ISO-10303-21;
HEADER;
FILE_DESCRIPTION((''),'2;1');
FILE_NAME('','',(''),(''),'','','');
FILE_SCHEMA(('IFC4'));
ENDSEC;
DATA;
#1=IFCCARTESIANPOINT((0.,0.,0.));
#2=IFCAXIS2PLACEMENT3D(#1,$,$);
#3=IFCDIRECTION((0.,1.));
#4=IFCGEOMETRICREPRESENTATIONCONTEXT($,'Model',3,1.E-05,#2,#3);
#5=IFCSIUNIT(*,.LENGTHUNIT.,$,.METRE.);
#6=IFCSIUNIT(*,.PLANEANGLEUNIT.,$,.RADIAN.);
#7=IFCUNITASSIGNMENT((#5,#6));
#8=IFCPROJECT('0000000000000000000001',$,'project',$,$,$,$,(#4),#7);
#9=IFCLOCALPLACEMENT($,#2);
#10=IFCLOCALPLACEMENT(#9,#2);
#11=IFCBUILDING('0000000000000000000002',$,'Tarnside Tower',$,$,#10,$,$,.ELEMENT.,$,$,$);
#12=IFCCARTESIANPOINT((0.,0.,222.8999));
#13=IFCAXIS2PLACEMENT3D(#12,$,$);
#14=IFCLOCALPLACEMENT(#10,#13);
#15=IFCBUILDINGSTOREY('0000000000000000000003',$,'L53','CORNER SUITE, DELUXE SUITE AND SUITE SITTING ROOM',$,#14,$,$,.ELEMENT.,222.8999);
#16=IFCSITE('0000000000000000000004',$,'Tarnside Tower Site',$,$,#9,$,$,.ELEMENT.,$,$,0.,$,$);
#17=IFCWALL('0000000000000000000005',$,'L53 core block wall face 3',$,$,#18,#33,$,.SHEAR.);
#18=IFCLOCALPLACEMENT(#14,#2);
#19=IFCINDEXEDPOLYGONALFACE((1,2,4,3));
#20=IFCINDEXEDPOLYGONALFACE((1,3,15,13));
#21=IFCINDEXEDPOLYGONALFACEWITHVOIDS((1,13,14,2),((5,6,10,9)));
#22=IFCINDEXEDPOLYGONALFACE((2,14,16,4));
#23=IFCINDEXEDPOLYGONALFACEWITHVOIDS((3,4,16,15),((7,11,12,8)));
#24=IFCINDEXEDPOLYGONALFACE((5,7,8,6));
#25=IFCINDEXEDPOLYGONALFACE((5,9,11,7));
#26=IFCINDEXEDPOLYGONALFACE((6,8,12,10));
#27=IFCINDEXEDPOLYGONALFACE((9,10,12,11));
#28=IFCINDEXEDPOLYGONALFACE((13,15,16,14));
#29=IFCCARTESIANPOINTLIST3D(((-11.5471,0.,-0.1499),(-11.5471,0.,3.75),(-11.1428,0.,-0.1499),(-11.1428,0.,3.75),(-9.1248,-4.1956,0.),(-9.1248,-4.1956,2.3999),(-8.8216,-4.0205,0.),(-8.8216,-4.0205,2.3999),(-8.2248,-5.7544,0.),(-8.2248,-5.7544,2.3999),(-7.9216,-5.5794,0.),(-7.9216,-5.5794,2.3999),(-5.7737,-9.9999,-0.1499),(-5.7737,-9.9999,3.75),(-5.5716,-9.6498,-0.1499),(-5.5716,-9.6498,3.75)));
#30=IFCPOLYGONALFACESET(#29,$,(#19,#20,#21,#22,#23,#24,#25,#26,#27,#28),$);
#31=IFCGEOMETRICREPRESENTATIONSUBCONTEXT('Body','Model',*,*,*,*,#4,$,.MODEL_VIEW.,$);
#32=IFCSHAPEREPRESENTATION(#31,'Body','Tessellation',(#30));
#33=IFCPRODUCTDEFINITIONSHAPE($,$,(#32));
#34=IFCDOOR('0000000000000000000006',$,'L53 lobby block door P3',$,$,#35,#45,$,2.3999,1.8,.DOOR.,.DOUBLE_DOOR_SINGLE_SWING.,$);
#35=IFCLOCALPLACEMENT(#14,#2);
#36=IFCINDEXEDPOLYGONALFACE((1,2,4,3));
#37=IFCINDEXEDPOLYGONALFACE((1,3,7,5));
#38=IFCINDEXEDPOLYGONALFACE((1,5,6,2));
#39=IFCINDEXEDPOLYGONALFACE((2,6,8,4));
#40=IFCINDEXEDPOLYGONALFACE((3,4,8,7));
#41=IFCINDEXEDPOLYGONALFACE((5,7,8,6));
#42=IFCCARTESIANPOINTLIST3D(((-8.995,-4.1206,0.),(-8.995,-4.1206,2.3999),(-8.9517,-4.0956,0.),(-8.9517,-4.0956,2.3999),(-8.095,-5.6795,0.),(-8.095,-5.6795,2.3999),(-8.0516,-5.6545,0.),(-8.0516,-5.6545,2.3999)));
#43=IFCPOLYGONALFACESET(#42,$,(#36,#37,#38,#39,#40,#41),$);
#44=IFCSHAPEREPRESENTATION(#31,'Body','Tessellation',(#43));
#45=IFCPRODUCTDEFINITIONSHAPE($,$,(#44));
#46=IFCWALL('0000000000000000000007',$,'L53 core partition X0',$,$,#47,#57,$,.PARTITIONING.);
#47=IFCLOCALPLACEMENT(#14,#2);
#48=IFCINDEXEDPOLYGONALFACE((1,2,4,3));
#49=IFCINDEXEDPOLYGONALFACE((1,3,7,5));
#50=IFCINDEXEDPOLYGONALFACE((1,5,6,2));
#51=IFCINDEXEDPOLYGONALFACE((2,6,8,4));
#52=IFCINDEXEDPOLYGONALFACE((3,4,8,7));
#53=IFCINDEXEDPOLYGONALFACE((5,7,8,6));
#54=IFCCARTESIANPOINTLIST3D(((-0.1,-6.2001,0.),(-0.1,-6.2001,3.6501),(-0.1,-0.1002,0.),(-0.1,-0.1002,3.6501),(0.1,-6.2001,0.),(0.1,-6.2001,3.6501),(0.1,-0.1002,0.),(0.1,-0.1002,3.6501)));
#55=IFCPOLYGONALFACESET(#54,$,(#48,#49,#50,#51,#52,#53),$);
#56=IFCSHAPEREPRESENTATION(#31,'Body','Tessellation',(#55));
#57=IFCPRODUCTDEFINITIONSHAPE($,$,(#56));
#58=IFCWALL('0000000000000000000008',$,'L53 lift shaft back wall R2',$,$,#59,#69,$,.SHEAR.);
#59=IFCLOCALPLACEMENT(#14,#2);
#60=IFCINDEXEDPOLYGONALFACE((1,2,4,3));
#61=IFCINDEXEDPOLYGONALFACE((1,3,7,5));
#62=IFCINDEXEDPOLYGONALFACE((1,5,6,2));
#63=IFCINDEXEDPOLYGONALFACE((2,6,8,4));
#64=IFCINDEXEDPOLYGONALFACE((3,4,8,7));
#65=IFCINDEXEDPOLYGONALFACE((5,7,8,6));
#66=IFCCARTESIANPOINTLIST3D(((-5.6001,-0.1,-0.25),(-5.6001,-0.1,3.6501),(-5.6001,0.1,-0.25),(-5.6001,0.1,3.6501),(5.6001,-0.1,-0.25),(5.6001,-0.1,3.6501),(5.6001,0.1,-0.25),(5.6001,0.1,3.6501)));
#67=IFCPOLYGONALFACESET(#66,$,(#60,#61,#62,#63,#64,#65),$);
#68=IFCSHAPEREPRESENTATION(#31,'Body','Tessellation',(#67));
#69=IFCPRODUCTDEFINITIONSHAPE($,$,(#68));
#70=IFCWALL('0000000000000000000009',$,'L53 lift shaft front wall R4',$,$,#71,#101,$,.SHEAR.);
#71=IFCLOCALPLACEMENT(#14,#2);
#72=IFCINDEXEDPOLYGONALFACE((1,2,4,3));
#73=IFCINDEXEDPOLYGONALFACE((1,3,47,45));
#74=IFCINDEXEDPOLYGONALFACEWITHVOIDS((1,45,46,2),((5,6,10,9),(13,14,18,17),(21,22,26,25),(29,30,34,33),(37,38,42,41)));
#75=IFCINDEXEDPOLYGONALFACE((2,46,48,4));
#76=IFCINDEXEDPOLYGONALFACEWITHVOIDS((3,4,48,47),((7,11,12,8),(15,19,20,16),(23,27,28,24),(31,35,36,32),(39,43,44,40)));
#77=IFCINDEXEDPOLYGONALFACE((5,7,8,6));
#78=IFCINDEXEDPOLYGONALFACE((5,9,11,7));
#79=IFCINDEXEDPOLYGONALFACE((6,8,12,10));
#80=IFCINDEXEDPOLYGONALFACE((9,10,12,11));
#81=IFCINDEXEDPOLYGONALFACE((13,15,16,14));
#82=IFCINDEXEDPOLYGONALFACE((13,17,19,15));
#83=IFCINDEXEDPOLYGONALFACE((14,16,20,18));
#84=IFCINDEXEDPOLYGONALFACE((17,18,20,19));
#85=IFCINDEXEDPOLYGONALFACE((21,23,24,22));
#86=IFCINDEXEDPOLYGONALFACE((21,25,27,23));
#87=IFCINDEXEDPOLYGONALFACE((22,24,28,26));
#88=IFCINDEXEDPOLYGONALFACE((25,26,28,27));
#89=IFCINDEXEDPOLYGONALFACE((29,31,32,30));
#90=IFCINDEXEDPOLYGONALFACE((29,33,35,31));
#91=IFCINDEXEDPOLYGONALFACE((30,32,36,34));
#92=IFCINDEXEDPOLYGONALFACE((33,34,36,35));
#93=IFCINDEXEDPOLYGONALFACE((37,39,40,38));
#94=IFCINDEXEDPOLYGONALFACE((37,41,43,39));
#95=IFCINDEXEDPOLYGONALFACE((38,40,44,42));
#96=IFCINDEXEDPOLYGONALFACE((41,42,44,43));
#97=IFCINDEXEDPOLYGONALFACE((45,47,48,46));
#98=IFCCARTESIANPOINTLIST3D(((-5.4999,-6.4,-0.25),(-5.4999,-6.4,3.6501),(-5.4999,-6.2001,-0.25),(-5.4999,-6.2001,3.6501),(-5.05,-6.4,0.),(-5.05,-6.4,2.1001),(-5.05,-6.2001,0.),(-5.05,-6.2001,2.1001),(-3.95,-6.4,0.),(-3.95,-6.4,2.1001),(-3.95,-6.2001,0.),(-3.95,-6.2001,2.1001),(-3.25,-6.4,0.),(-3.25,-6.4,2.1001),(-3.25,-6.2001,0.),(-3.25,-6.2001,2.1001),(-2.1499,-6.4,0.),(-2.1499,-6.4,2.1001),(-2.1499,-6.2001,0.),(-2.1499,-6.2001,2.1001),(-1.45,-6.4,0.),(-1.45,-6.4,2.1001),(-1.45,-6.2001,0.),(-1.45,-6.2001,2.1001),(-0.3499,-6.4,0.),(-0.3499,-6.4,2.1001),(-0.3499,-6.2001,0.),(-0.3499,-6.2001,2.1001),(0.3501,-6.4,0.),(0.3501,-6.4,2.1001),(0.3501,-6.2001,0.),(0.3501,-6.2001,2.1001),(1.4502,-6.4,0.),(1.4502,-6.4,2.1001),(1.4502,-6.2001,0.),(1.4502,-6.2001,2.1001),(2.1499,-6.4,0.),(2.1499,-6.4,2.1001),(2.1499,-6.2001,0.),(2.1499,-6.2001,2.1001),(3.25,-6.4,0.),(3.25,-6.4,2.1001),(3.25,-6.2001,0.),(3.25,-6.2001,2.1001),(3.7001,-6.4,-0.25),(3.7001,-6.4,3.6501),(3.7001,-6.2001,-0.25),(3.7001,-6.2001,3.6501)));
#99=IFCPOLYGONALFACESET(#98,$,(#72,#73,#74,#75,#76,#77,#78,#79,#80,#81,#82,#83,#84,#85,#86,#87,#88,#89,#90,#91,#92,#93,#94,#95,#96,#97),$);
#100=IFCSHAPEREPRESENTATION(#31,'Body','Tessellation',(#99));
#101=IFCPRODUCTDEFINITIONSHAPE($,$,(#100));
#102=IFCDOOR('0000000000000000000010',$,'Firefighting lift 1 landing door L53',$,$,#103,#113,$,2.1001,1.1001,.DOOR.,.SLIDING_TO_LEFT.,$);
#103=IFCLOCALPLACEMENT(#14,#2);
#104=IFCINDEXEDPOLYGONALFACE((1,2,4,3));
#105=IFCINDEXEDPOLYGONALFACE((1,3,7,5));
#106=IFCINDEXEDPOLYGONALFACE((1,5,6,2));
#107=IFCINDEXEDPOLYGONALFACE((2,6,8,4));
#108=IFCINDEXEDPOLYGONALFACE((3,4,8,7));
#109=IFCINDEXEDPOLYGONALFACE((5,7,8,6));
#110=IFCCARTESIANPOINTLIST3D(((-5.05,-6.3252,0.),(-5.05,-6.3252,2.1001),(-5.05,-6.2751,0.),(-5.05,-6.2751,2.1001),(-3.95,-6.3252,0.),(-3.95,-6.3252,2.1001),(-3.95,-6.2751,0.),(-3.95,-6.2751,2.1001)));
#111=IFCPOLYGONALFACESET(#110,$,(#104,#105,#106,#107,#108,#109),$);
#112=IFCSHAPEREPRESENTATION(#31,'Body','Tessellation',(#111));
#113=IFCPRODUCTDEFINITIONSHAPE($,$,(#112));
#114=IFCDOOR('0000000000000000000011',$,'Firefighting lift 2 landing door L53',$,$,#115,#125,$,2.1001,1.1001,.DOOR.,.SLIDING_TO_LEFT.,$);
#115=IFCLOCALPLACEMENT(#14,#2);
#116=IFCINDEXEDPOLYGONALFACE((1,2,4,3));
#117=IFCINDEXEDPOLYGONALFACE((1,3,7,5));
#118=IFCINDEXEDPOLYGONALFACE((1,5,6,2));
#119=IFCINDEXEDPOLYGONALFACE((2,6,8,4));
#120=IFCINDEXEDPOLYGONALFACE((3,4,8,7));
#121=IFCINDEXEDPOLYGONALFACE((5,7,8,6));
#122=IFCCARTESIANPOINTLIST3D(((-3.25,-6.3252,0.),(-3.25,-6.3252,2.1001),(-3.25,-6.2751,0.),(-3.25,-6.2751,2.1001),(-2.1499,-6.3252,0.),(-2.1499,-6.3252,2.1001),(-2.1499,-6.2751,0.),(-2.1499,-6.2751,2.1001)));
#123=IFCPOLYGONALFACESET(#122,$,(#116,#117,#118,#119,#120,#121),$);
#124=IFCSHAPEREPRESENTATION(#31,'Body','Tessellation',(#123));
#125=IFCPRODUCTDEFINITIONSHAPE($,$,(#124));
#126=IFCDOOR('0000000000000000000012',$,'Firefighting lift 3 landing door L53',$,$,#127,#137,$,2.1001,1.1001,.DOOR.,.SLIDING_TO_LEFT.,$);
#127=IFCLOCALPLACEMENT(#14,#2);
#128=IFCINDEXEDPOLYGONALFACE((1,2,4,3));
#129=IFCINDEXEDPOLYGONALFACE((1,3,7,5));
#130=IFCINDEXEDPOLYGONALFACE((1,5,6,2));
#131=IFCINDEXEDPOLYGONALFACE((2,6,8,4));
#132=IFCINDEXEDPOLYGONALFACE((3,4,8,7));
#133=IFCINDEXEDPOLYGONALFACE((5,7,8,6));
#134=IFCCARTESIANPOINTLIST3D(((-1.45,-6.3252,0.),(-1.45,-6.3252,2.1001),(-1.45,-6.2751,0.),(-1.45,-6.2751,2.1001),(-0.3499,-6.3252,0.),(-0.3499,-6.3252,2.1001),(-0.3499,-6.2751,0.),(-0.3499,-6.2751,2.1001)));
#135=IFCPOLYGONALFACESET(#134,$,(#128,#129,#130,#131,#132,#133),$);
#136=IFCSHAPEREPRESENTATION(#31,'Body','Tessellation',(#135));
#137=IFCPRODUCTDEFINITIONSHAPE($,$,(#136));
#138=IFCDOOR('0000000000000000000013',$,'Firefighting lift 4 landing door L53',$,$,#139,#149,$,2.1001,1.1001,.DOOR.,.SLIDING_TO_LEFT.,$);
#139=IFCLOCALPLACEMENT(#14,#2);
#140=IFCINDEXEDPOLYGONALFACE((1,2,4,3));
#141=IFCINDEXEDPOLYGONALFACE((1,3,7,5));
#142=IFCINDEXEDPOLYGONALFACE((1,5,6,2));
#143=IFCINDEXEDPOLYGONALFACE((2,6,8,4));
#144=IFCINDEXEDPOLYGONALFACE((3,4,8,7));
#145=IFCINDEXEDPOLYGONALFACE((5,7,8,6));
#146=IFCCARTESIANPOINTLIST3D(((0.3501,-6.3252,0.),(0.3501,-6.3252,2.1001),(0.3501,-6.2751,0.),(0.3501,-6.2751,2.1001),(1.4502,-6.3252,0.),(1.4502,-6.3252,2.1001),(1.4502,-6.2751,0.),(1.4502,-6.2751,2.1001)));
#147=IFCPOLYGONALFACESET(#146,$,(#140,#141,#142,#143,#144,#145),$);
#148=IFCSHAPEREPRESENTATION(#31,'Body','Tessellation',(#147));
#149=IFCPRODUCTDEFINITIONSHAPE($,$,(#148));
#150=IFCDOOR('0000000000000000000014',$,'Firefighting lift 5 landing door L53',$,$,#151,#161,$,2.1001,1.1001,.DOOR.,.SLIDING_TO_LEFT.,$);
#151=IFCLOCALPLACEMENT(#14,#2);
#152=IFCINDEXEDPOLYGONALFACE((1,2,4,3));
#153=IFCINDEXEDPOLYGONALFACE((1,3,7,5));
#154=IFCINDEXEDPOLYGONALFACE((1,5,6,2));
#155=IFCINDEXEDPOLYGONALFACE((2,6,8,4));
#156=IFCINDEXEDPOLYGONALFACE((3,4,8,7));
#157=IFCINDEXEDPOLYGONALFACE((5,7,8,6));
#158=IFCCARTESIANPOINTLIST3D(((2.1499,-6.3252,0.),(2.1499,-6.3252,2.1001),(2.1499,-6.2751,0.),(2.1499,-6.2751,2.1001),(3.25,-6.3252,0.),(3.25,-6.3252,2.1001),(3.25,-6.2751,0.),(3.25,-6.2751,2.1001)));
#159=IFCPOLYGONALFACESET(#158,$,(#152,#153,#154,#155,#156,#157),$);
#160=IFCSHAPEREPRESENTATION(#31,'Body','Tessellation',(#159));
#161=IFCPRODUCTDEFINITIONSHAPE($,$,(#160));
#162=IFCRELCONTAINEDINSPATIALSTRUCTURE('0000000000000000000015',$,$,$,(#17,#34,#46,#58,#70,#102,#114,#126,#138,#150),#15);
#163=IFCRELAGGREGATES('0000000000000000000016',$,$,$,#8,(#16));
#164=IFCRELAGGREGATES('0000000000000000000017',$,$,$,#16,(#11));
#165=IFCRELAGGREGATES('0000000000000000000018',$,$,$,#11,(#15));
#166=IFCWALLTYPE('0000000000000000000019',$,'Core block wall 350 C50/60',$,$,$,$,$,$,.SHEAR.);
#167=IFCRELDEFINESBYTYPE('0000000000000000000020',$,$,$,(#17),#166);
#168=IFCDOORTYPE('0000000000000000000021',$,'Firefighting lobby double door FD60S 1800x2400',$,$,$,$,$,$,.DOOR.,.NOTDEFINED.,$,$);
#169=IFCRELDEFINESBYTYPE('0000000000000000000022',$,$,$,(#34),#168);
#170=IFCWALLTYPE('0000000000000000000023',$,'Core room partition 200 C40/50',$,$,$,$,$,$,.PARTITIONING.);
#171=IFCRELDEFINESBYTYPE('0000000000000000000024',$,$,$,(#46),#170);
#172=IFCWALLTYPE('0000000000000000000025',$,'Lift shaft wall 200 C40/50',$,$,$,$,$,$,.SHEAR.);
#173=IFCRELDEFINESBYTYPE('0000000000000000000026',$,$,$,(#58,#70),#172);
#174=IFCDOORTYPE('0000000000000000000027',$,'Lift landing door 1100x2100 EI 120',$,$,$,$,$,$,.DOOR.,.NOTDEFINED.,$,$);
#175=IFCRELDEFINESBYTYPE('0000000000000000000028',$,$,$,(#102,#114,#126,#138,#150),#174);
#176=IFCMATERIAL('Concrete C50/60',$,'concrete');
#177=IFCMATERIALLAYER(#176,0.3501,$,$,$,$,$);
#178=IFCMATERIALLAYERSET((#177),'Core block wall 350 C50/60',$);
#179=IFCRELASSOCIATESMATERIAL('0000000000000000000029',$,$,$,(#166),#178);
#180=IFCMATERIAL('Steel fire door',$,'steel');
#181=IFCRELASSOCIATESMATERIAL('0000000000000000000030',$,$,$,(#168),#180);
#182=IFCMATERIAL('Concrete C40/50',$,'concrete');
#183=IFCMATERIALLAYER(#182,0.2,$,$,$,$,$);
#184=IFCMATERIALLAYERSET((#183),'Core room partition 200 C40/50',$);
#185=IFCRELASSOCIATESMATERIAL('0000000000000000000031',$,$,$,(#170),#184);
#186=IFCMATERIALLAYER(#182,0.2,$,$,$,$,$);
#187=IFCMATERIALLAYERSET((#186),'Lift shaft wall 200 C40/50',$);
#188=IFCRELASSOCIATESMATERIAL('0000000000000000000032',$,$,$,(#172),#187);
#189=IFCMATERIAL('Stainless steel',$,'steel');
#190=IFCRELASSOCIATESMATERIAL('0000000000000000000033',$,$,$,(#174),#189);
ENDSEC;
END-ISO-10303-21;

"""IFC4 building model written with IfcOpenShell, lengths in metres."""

from ifc_helpers import new_model, si_unit, direction, frame, frame_2d, origin, place, context, subcontext, project, spatial, polyline, rectangle, outline, extrude, material, layer, layer_set, type_object, element, fill, save


model = new_model("IFC4")

# Units and contexts
model_context = context("Model", 3, precision=1e-05, world=origin(), true_north=direction((0.0, 1.0)))
body_context = subcontext(model_context, "Body", "Model", "MODEL_VIEW")
ifc_project = project(units=[si_unit("LENGTHUNIT", "METRE"), si_unit("PLANEANGLEUNIT", "RADIAN")], contexts=[model_context])

# Site, building, storey
site_placement = place(None, origin())
site = spatial("IfcSite", under=ifc_project, at=site_placement, Name="Tarnside Tower Site", CompositionType="ELEMENT", RefElevation=0.0)
building_placement = place(site_placement, origin())
building = spatial("IfcBuilding", under=site, at=building_placement, Name="Tarnside Tower", CompositionType="ELEMENT")
storey_placement = place(building_placement, frame((0.0, 0.0, 222.8999)))
storey = spatial("IfcBuildingStorey", under=building, at=storey_placement, Name="L53", Description="CORNER SUITE, DELUXE SUITE AND SUITE SITTING ROOM", CompositionType="ELEMENT", Elevation=222.8999)

# Wall, opening, door
ifc_material_1 = material(Name="Concrete C50/60", Category="concrete")
ifc_layer_1 = layer(ifc_material_1, 0.3501)
ifc_layer_set_1 = layer_set([ifc_layer_1], Name="Core block wall 350 C50/60")
wall_type_1 = type_object("IfcWallType", Name="Core block wall 350 C50/60", PredefinedType="SHEAR", material=ifc_layer_set_1)
wall_1_placement = place(storey_placement, frame((-11.345, 0.0, -0.1499), z_axis=(0.0, 0.0, 1.0), x_axis=(0.499995, -0.866028, 0.0)))
wall_1 = element("IfcWall", 1, at=wall_1_placement, inside=storey, type_object=wall_type_1, Name="L53 core block wall face 3", PredefinedType="SHEAR", context=body_context, shape_type="SweptSolid", body=[
    extrude(outline(polyline([(-0.1011, -0.175), (11.4458, -0.175), (11.2437, 0.175), (0.1011, 0.175), (-0.1011, -0.175)])), origin(), (0.0, 0.0, 1.0), 3.8999),
])
opening_1_placement = place(wall_1_placement, frame((4.7437, 0.0, 0.1499)))
opening_1 = element("IfcOpeningElement", 2, at=opening_1_placement, cuts=wall_1, PredefinedType="OPENING", context=body_context, shape_type="SweptSolid", body=[
    extrude(rectangle(XDim=1.8, YDim=2.3999, at=frame_2d((0.8999, 1.2))), frame((0.0, 0.1851, 0.0), z_axis=(0.0, -1.0, 0.0), x_axis=(1.0, 0.0, 0.0)), (0.0, 0.0, 1.0), 0.3701),
])
ifc_material_2 = material(Name="Steel fire door", Category="steel")
door_type_1 = type_object("IfcDoorType", Name="Firefighting lobby double door FD60S 1800x2400", OperationType="NOTDEFINED", PredefinedType="DOOR", material=ifc_material_2)
door_1_placement = place(opening_1_placement, origin())
door_1 = element("IfcDoor", 3, at=door_1_placement, inside=storey, type_object=door_type_1, Name="L53 lobby block door P3", OperationType="DOUBLE_DOOR_SINGLE_SWING", OverallHeight=2.3999, OverallWidth=1.8, PredefinedType="DOOR", context=body_context, shape_type="SweptSolid", body=[
    extrude(rectangle(XDim=1.8, YDim=2.3999, at=frame_2d((0.8999, 1.2))), frame((0.0, 0.0249, 0.0), z_axis=(0.0, -1.0, 0.0), x_axis=(1.0, 0.0, 0.0)), (0.0, 0.0, 1.0), 0.05),
])
fill(opening_1, door_1)

# Walls
ifc_material_3 = material(Name="Concrete C40/50", Category="concrete")
ifc_layer_2 = layer(ifc_material_3, 0.2)
ifc_layer_set_2 = layer_set([ifc_layer_2], Name="Core room partition 200 C40/50")
wall_type_2 = type_object("IfcWallType", Name="Core room partition 200 C40/50", PredefinedType="PARTITIONING", material=ifc_layer_set_2)
wall_2_placement = place(storey_placement, frame((0.0, -6.2, 0.0), z_axis=(0.0, 0.0, 1.0), x_axis=(0.0, 1.0, 0.0)))
element("IfcWall", 4, at=wall_2_placement, inside=storey, type_object=wall_type_2, Name="L53 core partition X0", PredefinedType="PARTITIONING", context=body_context, shape_type="SweptSolid", body=[
    extrude(rectangle(XDim=6.0999, YDim=0.2, at=frame_2d((3.0498, 0.0))), origin(), (0.0, 0.0, 1.0), 3.6501),
])
ifc_layer_3 = layer(ifc_material_3, 0.2)
ifc_layer_set_3 = layer_set([ifc_layer_3], Name="Lift shaft wall 200 C40/50")
wall_type_3 = type_object("IfcWallType", Name="Lift shaft wall 200 C40/50", PredefinedType="SHEAR", material=ifc_layer_set_3)
wall_3_placement = place(storey_placement, frame((-5.6001, 0.0, -0.25), z_axis=(0.0, 0.0, 1.0), x_axis=(1.0, 0.0, 0.0)))
element("IfcWall", 5, at=wall_3_placement, inside=storey, type_object=wall_type_3, Name="L53 lift shaft back wall R2", PredefinedType="SHEAR", context=body_context, shape_type="SweptSolid", body=[
    extrude(rectangle(XDim=11.2002, YDim=0.2, at=frame_2d((5.6001, 0.0))), origin(), (0.0, 0.0, 1.0), 3.9001),
])

# Wall, openings, doors
wall_4_placement = place(storey_placement, frame((-5.5, -6.3, -0.25), z_axis=(0.0, 0.0, 1.0), x_axis=(1.0, 0.0, 0.0)))
wall_4 = element("IfcWall", 6, at=wall_4_placement, inside=storey, type_object=wall_type_3, Name="L53 lift shaft front wall R4", PredefinedType="SHEAR", context=body_context, shape_type="SweptSolid", body=[
    extrude(rectangle(XDim=9.2, YDim=0.2, at=frame_2d((4.6001, 0.0))), origin(), (0.0, 0.0, 1.0), 3.9001),
])
opening_2_placement = place(wall_4_placement, frame((0.45, 0.0, 0.25)))
opening_2 = element("IfcOpeningElement", 7, at=opening_2_placement, cuts=wall_4, PredefinedType="OPENING", context=body_context, shape_type="SweptSolid", body=[
    extrude(rectangle(XDim=1.1001, YDim=2.1001, at=frame_2d((0.55, 1.05))), frame((0.0, 0.1099, 0.0), z_axis=(0.0, -1.0, 0.0), x_axis=(1.0, 0.0, 0.0)), (0.0, 0.0, 1.0), 0.22),
])
opening_3_placement = place(wall_4_placement, frame((2.25, 0.0, 0.25)))
opening_3 = element("IfcOpeningElement", 8, at=opening_3_placement, cuts=wall_4, PredefinedType="OPENING", context=body_context, shape_type="SweptSolid", body=[
    extrude(rectangle(XDim=1.1001, YDim=2.1001, at=frame_2d((0.55, 1.05))), frame((0.0, 0.1099, 0.0), z_axis=(0.0, -1.0, 0.0), x_axis=(1.0, 0.0, 0.0)), (0.0, 0.0, 1.0), 0.22),
])
opening_4_placement = place(wall_4_placement, frame((4.05, 0.0, 0.25)))
opening_4 = element("IfcOpeningElement", 9, at=opening_4_placement, cuts=wall_4, PredefinedType="OPENING", context=body_context, shape_type="SweptSolid", body=[
    extrude(rectangle(XDim=1.1001, YDim=2.1001, at=frame_2d((0.55, 1.05))), frame((0.0, 0.1099, 0.0), z_axis=(0.0, -1.0, 0.0), x_axis=(1.0, 0.0, 0.0)), (0.0, 0.0, 1.0), 0.22),
])
opening_5_placement = place(wall_4_placement, frame((5.8501, 0.0, 0.25)))
opening_5 = element("IfcOpeningElement", 10, at=opening_5_placement, cuts=wall_4, PredefinedType="OPENING", context=body_context, shape_type="SweptSolid", body=[
    extrude(rectangle(XDim=1.1001, YDim=2.1001, at=frame_2d((0.55, 1.05))), frame((0.0, 0.1099, 0.0), z_axis=(0.0, -1.0, 0.0), x_axis=(1.0, 0.0, 0.0)), (0.0, 0.0, 1.0), 0.22),
])
opening_6_placement = place(wall_4_placement, frame((7.6499, 0.0, 0.25)))
opening_6 = element("IfcOpeningElement", 11, at=opening_6_placement, cuts=wall_4, PredefinedType="OPENING", context=body_context, shape_type="SweptSolid", body=[
    extrude(rectangle(XDim=1.1001, YDim=2.1001, at=frame_2d((0.55, 1.05))), frame((0.0, 0.1099, 0.0), z_axis=(0.0, -1.0, 0.0), x_axis=(1.0, 0.0, 0.0)), (0.0, 0.0, 1.0), 0.22),
])
ifc_material_4 = material(Name="Stainless steel", Category="steel")
door_type_2 = type_object("IfcDoorType", Name="Lift landing door 1100x2100 EI 120", OperationType="NOTDEFINED", PredefinedType="DOOR", material=ifc_material_4)
door_2_placement = place(opening_2_placement, origin())
door_2 = element("IfcDoor", 12, at=door_2_placement, inside=storey, type_object=door_type_2, Name="Firefighting lift 1 landing door L53", OperationType="SLIDING_TO_LEFT", OverallHeight=2.1001, OverallWidth=1.1001, PredefinedType="DOOR", context=body_context, shape_type="SweptSolid", body=[
    extrude(rectangle(XDim=1.1001, YDim=2.1001, at=frame_2d((0.55, 1.05))), frame((0.0, 0.0249, 0.0), z_axis=(0.0, -1.0, 0.0), x_axis=(1.0, 0.0, 0.0)), (0.0, 0.0, 1.0), 0.05),
])
fill(opening_2, door_2)
door_3_placement = place(opening_3_placement, origin())
door_3 = element("IfcDoor", 13, at=door_3_placement, inside=storey, type_object=door_type_2, Name="Firefighting lift 2 landing door L53", OperationType="SLIDING_TO_LEFT", OverallHeight=2.1001, OverallWidth=1.1001, PredefinedType="DOOR", context=body_context, shape_type="SweptSolid", body=[
    extrude(rectangle(XDim=1.1001, YDim=2.1001, at=frame_2d((0.55, 1.05))), frame((0.0, 0.0249, 0.0), z_axis=(0.0, -1.0, 0.0), x_axis=(1.0, 0.0, 0.0)), (0.0, 0.0, 1.0), 0.05),
])
fill(opening_3, door_3)
door_4_placement = place(opening_4_placement, origin())
door_4 = element("IfcDoor", 14, at=door_4_placement, inside=storey, type_object=door_type_2, Name="Firefighting lift 3 landing door L53", OperationType="SLIDING_TO_LEFT", OverallHeight=2.1001, OverallWidth=1.1001, PredefinedType="DOOR", context=body_context, shape_type="SweptSolid", body=[
    extrude(rectangle(XDim=1.1001, YDim=2.1001, at=frame_2d((0.55, 1.05))), frame((0.0, 0.0249, 0.0), z_axis=(0.0, -1.0, 0.0), x_axis=(1.0, 0.0, 0.0)), (0.0, 0.0, 1.0), 0.05),
])
fill(opening_4, door_4)
door_5_placement = place(opening_5_placement, origin())
door_5 = element("IfcDoor", 15, at=door_5_placement, inside=storey, type_object=door_type_2, Name="Firefighting lift 4 landing door L53", OperationType="SLIDING_TO_LEFT", OverallHeight=2.1001, OverallWidth=1.1001, PredefinedType="DOOR", context=body_context, shape_type="SweptSolid", body=[
    extrude(rectangle(XDim=1.1001, YDim=2.1001, at=frame_2d((0.55, 1.05))), frame((0.0, 0.0249, 0.0), z_axis=(0.0, -1.0, 0.0), x_axis=(1.0, 0.0, 0.0)), (0.0, 0.0, 1.0), 0.05),
])
fill(opening_5, door_5)
door_6_placement = place(opening_6_placement, origin())
door_6 = element("IfcDoor", 16, at=door_6_placement, inside=storey, type_object=door_type_2, Name="Firefighting lift 5 landing door L53", OperationType="SLIDING_TO_LEFT", OverallHeight=2.1001, OverallWidth=1.1001, PredefinedType="DOOR", context=body_context, shape_type="SweptSolid", body=[
    extrude(rectangle(XDim=1.1001, YDim=2.1001, at=frame_2d((0.55, 1.05))), frame((0.0, 0.0249, 0.0), z_axis=(0.0, -1.0, 0.0), x_axis=(1.0, 0.0, 0.0)), (0.0, 0.0, 1.0), 0.05),
])
fill(opening_6, door_6)

save(model, "model.ifc")
